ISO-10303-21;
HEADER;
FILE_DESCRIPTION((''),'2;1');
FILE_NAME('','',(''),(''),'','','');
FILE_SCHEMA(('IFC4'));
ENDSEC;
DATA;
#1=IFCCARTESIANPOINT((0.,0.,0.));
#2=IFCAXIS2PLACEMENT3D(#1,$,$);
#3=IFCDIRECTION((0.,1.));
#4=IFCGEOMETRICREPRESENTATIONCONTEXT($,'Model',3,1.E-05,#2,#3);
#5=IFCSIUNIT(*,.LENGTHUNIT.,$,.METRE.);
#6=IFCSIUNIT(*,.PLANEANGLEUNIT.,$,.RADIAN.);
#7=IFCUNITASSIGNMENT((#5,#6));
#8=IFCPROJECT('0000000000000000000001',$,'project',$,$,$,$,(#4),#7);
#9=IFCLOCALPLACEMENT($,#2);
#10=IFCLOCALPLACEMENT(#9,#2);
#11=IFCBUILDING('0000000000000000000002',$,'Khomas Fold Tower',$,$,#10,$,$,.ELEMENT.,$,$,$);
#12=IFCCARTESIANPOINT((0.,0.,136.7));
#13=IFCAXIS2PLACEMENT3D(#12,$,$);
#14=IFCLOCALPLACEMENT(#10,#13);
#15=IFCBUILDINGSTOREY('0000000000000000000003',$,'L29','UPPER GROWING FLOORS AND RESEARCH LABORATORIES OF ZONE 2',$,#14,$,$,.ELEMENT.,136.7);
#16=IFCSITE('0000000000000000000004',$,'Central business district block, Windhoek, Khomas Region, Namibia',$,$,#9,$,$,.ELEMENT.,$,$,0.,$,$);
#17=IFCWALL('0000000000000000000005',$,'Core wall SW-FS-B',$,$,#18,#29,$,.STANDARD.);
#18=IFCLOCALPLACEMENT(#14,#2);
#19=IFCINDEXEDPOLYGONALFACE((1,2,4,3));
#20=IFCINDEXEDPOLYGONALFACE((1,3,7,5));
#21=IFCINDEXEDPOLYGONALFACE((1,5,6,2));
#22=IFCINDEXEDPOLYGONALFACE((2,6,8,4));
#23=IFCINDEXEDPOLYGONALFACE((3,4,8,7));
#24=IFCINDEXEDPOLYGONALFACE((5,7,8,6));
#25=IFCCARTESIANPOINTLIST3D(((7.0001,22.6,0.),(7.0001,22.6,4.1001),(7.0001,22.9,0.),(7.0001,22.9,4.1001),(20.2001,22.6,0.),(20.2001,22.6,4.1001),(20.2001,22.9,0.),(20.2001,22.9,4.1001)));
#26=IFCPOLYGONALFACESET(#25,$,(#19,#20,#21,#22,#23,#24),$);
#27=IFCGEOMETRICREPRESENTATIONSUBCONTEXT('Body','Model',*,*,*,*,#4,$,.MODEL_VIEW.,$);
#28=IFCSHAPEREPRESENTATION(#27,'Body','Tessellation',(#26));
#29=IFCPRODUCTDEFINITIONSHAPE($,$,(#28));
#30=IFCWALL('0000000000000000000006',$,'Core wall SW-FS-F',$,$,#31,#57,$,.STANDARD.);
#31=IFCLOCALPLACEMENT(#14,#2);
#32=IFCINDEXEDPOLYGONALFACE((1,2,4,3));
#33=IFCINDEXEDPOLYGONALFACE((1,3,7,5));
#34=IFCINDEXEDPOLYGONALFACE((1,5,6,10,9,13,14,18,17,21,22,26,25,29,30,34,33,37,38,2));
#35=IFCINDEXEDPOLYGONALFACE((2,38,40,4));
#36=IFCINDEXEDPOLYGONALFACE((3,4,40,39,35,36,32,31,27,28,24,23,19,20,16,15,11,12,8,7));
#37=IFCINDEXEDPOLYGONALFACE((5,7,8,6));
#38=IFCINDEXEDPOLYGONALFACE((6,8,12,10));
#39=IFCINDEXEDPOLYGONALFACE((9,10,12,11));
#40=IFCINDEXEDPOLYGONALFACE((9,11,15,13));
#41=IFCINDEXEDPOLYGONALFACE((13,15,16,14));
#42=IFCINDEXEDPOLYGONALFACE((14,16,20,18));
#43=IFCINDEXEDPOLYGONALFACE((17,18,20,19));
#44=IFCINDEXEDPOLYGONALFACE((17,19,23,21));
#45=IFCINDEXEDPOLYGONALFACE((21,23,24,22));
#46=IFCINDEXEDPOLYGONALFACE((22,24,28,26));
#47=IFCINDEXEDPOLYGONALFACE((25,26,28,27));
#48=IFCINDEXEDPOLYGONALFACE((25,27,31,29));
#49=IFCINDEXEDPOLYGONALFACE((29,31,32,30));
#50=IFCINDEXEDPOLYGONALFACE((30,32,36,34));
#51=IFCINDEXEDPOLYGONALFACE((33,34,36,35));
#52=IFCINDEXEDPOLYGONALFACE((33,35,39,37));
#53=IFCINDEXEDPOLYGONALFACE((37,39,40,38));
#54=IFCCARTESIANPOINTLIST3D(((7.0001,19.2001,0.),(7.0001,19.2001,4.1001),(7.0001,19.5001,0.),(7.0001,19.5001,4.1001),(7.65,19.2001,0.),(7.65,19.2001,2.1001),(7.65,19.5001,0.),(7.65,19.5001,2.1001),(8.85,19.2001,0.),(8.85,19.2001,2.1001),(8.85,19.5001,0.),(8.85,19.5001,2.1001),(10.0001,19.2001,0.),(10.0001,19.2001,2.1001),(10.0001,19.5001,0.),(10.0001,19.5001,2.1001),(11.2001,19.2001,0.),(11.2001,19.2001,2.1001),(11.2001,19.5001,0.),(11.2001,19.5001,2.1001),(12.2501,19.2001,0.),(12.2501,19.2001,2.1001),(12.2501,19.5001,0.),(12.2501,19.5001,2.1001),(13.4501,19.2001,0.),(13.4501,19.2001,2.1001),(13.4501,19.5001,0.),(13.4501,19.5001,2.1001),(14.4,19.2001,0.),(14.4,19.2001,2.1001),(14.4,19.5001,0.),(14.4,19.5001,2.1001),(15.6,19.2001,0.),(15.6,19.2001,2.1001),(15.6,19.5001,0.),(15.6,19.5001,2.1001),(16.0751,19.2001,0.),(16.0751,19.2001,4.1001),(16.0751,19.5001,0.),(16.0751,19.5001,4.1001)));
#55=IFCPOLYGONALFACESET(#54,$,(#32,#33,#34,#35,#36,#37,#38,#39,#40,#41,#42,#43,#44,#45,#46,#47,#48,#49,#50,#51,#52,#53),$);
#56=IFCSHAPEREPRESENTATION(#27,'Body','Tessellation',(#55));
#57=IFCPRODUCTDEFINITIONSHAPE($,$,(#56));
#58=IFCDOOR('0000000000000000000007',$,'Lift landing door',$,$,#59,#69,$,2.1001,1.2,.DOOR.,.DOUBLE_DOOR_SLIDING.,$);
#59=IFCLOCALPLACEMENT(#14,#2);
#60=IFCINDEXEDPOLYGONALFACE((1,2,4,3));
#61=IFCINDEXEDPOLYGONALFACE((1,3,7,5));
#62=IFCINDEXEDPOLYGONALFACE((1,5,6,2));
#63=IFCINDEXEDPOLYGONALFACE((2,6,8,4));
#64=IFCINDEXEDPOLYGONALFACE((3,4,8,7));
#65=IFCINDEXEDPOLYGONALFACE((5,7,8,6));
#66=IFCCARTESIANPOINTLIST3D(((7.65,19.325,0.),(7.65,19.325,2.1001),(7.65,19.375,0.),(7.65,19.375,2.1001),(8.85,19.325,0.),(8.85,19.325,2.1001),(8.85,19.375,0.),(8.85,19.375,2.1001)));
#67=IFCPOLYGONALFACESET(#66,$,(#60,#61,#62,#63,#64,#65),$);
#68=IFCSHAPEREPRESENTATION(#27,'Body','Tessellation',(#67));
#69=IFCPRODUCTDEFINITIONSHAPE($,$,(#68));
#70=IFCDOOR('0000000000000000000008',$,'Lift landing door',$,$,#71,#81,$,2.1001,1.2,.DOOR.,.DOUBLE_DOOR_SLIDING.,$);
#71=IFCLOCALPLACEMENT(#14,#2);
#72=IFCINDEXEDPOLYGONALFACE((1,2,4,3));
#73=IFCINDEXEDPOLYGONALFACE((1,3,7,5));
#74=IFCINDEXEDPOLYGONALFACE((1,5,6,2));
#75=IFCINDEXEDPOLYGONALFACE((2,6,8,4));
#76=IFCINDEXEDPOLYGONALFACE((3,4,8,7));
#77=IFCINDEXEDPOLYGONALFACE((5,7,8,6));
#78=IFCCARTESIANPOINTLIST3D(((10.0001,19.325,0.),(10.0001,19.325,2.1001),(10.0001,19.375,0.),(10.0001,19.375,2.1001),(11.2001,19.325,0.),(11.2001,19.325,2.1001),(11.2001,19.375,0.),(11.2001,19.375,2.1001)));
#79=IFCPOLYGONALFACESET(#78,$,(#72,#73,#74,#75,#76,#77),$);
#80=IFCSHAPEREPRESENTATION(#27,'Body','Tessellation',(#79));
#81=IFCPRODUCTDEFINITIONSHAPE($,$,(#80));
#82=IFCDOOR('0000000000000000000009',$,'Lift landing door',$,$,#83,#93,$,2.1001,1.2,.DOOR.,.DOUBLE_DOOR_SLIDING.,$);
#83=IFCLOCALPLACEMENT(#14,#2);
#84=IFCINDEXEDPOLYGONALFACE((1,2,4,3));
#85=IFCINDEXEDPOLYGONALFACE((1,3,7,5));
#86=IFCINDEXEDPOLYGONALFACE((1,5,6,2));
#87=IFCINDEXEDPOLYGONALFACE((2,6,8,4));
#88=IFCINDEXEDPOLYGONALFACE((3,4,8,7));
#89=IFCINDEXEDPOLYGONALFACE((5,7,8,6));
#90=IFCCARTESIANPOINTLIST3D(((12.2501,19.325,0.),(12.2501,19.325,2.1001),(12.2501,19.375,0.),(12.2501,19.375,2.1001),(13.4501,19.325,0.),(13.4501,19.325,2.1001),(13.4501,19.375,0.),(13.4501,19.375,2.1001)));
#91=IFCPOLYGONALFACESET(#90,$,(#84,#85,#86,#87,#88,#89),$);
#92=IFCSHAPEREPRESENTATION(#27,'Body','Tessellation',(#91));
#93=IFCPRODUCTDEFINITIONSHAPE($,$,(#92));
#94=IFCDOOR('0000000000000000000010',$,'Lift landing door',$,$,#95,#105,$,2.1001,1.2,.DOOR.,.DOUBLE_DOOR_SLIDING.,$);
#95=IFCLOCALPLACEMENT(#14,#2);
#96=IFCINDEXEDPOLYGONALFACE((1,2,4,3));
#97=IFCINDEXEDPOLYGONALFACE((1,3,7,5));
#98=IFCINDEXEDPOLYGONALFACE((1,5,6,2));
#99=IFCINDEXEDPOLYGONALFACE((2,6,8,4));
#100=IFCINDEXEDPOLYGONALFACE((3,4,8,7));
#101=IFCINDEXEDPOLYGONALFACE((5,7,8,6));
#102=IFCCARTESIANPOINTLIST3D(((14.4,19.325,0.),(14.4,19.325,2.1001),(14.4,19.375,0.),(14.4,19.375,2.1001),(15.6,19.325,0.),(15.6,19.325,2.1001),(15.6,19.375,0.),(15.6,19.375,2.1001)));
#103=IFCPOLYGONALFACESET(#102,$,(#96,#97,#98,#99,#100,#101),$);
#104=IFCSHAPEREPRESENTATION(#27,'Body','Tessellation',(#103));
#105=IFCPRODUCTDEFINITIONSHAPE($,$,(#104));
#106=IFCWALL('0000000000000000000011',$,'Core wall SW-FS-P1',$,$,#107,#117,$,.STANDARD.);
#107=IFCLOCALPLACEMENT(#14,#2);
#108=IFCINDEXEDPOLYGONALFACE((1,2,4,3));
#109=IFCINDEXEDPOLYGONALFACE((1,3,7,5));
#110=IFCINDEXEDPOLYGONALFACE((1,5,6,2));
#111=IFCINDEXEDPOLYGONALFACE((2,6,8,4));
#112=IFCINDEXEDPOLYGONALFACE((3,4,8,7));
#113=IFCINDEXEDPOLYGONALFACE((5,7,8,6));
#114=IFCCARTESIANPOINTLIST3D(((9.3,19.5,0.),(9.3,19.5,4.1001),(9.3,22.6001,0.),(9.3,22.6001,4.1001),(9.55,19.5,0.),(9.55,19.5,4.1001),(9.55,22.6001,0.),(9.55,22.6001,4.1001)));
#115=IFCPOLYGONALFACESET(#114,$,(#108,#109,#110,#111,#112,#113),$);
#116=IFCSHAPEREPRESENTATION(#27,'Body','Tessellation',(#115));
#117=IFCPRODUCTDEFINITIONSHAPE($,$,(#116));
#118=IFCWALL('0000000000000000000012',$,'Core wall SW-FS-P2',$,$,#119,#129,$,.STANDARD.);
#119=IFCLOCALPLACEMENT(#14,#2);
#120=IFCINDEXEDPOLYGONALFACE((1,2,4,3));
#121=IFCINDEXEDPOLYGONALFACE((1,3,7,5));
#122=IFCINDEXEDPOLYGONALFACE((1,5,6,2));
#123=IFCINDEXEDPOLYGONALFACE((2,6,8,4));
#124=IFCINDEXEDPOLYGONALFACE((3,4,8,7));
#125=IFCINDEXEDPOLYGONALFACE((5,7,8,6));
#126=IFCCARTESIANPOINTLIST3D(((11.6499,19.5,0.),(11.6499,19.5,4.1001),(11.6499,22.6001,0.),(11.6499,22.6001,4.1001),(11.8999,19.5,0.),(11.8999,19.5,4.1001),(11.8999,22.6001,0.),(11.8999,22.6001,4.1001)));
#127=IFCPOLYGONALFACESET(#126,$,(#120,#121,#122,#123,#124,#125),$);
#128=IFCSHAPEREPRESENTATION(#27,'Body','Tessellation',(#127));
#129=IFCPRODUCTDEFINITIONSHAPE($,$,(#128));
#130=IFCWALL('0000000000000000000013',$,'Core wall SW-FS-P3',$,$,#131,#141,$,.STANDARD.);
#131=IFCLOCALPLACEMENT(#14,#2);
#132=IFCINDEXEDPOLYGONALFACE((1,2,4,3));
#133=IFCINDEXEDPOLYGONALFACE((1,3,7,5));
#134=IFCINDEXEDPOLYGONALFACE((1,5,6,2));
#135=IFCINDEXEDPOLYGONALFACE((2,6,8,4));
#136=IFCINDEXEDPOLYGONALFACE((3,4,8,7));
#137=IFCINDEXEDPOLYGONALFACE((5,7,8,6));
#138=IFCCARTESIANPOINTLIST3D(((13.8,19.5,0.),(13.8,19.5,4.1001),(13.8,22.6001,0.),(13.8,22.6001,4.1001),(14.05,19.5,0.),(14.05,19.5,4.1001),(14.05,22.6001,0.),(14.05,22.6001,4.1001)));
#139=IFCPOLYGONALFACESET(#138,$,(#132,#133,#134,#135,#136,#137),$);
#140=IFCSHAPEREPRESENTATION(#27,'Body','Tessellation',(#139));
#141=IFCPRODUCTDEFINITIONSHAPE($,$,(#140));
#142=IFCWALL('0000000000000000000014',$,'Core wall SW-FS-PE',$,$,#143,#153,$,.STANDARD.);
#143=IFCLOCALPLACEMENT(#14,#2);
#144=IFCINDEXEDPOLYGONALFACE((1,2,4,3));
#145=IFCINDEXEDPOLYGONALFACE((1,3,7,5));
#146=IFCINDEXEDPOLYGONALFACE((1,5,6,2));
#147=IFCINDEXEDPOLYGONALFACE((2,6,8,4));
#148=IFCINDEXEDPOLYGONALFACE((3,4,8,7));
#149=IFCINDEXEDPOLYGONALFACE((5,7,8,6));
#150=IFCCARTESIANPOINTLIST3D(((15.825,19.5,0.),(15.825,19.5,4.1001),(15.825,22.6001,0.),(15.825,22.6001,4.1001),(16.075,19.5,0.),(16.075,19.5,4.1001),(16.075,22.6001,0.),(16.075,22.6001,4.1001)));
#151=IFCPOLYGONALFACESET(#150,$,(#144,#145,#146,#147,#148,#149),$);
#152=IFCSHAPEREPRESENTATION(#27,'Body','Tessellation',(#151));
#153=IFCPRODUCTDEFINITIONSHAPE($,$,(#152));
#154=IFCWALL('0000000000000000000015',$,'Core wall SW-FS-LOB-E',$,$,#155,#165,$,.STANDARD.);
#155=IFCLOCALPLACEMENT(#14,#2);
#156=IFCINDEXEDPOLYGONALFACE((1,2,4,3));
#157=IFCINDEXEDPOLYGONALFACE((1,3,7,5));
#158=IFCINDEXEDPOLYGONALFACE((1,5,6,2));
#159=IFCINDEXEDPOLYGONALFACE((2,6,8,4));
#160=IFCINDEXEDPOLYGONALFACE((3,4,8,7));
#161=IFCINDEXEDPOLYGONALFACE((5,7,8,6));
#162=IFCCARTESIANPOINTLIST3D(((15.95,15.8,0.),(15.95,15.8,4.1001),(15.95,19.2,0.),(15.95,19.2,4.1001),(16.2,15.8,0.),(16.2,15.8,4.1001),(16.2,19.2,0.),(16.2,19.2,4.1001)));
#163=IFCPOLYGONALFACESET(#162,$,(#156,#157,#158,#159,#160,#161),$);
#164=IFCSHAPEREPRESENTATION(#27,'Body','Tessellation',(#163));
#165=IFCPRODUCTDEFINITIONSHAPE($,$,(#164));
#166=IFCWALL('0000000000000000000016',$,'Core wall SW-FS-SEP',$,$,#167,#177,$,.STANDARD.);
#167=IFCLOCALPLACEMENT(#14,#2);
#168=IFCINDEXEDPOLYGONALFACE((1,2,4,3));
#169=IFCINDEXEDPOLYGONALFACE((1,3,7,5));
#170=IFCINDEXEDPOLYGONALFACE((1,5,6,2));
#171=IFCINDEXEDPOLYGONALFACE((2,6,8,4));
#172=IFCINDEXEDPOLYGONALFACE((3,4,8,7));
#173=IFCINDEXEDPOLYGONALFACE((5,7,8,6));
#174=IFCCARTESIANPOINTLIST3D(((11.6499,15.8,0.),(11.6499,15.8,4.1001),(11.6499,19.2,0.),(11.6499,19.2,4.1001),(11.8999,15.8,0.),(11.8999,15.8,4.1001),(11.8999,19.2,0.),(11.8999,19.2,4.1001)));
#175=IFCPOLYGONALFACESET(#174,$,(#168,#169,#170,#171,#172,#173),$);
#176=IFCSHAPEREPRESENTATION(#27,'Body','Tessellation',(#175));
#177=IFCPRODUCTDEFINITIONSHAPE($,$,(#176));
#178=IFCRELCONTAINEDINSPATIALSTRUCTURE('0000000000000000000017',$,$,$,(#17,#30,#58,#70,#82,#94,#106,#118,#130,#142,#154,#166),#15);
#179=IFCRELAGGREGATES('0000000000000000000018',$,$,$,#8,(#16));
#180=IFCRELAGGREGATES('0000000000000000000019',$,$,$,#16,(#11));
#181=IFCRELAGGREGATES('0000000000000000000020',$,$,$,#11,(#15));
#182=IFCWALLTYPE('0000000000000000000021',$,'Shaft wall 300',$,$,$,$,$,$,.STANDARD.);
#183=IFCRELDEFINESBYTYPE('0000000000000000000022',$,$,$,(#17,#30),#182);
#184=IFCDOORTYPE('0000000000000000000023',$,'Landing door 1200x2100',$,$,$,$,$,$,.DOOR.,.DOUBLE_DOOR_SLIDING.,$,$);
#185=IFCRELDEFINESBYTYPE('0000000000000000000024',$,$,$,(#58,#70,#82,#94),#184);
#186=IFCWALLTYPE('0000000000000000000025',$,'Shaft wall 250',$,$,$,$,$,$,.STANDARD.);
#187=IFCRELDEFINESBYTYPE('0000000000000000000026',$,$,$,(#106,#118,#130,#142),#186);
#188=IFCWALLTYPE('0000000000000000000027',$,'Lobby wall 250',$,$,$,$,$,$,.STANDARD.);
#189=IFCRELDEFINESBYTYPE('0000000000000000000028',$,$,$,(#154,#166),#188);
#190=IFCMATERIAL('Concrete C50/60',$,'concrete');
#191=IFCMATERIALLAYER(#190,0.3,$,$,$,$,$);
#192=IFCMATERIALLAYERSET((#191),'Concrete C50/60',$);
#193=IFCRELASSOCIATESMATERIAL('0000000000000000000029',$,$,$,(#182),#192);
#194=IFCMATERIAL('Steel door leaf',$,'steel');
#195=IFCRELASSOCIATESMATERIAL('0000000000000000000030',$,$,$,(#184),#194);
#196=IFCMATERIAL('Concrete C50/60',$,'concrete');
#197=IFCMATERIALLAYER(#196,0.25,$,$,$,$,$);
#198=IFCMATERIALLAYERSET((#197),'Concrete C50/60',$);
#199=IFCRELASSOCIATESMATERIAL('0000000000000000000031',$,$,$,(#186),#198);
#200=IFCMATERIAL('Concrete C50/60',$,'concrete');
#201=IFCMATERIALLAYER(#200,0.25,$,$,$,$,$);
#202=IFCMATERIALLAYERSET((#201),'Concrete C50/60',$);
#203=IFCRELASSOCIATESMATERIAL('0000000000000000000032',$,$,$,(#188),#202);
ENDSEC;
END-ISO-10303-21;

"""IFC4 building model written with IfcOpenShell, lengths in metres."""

from ifc_helpers import new_model, si_unit, direction, frame, frame_2d, origin, place, context, subcontext, project, spatial, rectangle, extrude, source, transform, mapped, material, layer, layer_set, type_object, element, fill, save


model = new_model("IFC4")

# Units and contexts
model_context = context("Model", 3, precision=1e-05, world=origin(), true_north=direction((0.0, 1.0)))
body_context = subcontext(model_context, "Body", "Model", "MODEL_VIEW")
ifc_project = project(units=[si_unit("LENGTHUNIT", "METRE"), si_unit("PLANEANGLEUNIT", "RADIAN")], contexts=[model_context])

# Site, building, storey
site_placement = place(None, origin())
site = spatial("IfcSite", under=ifc_project, at=site_placement, Name="Central business district block, Windhoek, Khomas Region, Namibia", CompositionType="ELEMENT", RefElevation=0.0)
building_placement = place(site_placement, origin())
building = spatial("IfcBuilding", under=site, at=building_placement, Name="Khomas Fold Tower", CompositionType="ELEMENT")
storey_placement = place(building_placement, frame((0.0, 0.0, 136.7)))
storey = spatial("IfcBuildingStorey", under=building, at=storey_placement, Name="L29", Description="UPPER GROWING FLOORS AND RESEARCH LABORATORIES OF ZONE 2", CompositionType="ELEMENT", Elevation=136.7)

# Wall
ifc_material_1 = material(Name="Concrete C50/60", Category="concrete")
ifc_layer_1 = layer(ifc_material_1, 0.3)
ifc_layer_set_1 = layer_set([ifc_layer_1], Name="Concrete C50/60")
wall_type_1 = type_object("IfcWallType", Name="Shaft wall 300", PredefinedType="STANDARD", material=ifc_layer_set_1)
shared_shape_1 = source(origin(), body_context, "Body", "SweptSolid", [
    extrude(rectangle(XDim=13.2, YDim=0.3, at=frame_2d((6.6001, 0.0))), origin(), (0.0, 0.0, 1.0), 4.1001),
])
wall_1_placement = place(storey_placement, frame((7.0, 22.75, 0.0), z_axis=(0.0, 0.0, 1.0), x_axis=(1.0, 0.0, 0.0)))
element("IfcWall", 1, at=wall_1_placement, inside=storey, type_object=wall_type_1, Name="Core wall SW-FS-B", PredefinedType="STANDARD", context=body_context, shape_type="MappedRepresentation", body=[
    mapped(shared_shape_1, transform((0.0, 0.0, 0.0))),
])

# Wall, openings, doors
shared_shape_2 = source(origin(), body_context, "Body", "SweptSolid", [
    extrude(rectangle(XDim=9.075, YDim=0.3, at=frame_2d((4.5376, 0.0))), origin(), (0.0, 0.0, 1.0), 4.1001),
])
wall_2_placement = place(storey_placement, frame((7.0, 19.3501, 0.0), z_axis=(0.0, 0.0, 1.0), x_axis=(1.0, 0.0, 0.0)))
wall_2 = element("IfcWall", 2, at=wall_2_placement, inside=storey, type_object=wall_type_1, Name="Core wall SW-FS-F", PredefinedType="STANDARD", context=body_context, shape_type="MappedRepresentation", body=[
    mapped(shared_shape_2, transform((0.0, 0.0, 0.0))),
])
shared_shape_3 = source(origin(), body_context, "Body", "SweptSolid", [
    extrude(rectangle(XDim=1.2, YDim=2.1001, at=frame_2d((0.6001, 1.05))), frame((0.0, 0.1599, 0.0), z_axis=(0.0, -1.0, 0.0), x_axis=(1.0, 0.0, 0.0)), (0.0, 0.0, 1.0), 0.3201),
])
opening_1_placement = place(wall_2_placement, frame((0.6499, 0.0, 0.0)))
opening_1 = element("IfcOpeningElement", 3, at=opening_1_placement, cuts=wall_2, PredefinedType="OPENING", context=body_context, shape_type="MappedRepresentation", body=[
    mapped(shared_shape_3, transform((0.0, 0.0, 0.0))),
])
opening_2_placement = place(wall_2_placement, frame((3.0, 0.0, 0.0)))
opening_2 = element("IfcOpeningElement", 4, at=opening_2_placement, cuts=wall_2, PredefinedType="OPENING", context=body_context, shape_type="MappedRepresentation", body=[
    mapped(shared_shape_3, transform((0.0, 0.0, 0.0))),
])
opening_3_placement = place(wall_2_placement, frame((5.25, 0.0, 0.0)))
opening_3 = element("IfcOpeningElement", 5, at=opening_3_placement, cuts=wall_2, PredefinedType="OPENING", context=body_context, shape_type="MappedRepresentation", body=[
    mapped(shared_shape_3, transform((0.0, 0.0, 0.0))),
])
opening_4_placement = place(wall_2_placement, frame((7.3999, 0.0, 0.0)))
opening_4 = element("IfcOpeningElement", 6, at=opening_4_placement, cuts=wall_2, PredefinedType="OPENING", context=body_context, shape_type="MappedRepresentation", body=[
    mapped(shared_shape_3, transform((0.0, 0.0, 0.0))),
])
ifc_material_2 = material(Name="Steel door leaf", Category="steel")
door_type = type_object("IfcDoorType", Name="Landing door 1200x2100", OperationType="DOUBLE_DOOR_SLIDING", PredefinedType="DOOR", material=ifc_material_2)
shared_shape_4 = source(origin(), body_context, "Body", "SweptSolid", [
    extrude(rectangle(XDim=1.2, YDim=2.1001, at=frame_2d((0.6001, 1.05))), frame((0.0, 0.0249, 0.0), z_axis=(0.0, -1.0, 0.0), x_axis=(1.0, 0.0, 0.0)), (0.0, 0.0, 1.0), 0.05),
])
door_1_placement = place(opening_1_placement, origin())
door_1 = element("IfcDoor", 7, at=door_1_placement, inside=storey, type_object=door_type, Name="Lift landing door", OperationType="DOUBLE_DOOR_SLIDING", OverallHeight=2.1001, OverallWidth=1.2, PredefinedType="DOOR", context=body_context, shape_type="MappedRepresentation", body=[
    mapped(shared_shape_4, transform((0.0, 0.0, 0.0))),
])
fill(opening_1, door_1)
door_2_placement = place(opening_2_placement, origin())
door_2 = element("IfcDoor", 8, at=door_2_placement, inside=storey, type_object=door_type, Name="Lift landing door", OperationType="DOUBLE_DOOR_SLIDING", OverallHeight=2.1001, OverallWidth=1.2, PredefinedType="DOOR", context=body_context, shape_type="MappedRepresentation", body=[
    mapped(shared_shape_4, transform((0.0, 0.0, 0.0))),
])
fill(opening_2, door_2)
door_3_placement = place(opening_3_placement, origin())
door_3 = element("IfcDoor", 9, at=door_3_placement, inside=storey, type_object=door_type, Name="Lift landing door", OperationType="DOUBLE_DOOR_SLIDING", OverallHeight=2.1001, OverallWidth=1.2, PredefinedType="DOOR", context=body_context, shape_type="MappedRepresentation", body=[
    mapped(shared_shape_4, transform((0.0, 0.0, 0.0))),
])
fill(opening_3, door_3)
door_4_placement = place(opening_4_placement, origin())
door_4 = element("IfcDoor", 10, at=door_4_placement, inside=storey, type_object=door_type, Name="Lift landing door", OperationType="DOUBLE_DOOR_SLIDING", OverallHeight=2.1001, OverallWidth=1.2, PredefinedType="DOOR", context=body_context, shape_type="MappedRepresentation", body=[
    mapped(shared_shape_4, transform((0.0, 0.0, 0.0))),
])
fill(opening_4, door_4)

# Walls
ifc_material_3 = material(Name="Concrete C50/60", Category="concrete")
ifc_layer_2 = layer(ifc_material_3, 0.25)
ifc_layer_set_2 = layer_set([ifc_layer_2], Name="Concrete C50/60")
wall_type_2 = type_object("IfcWallType", Name="Shaft wall 250", PredefinedType="STANDARD", material=ifc_layer_set_2)
shared_shape_5 = source(origin(), body_context, "Body", "SweptSolid", [
    extrude(rectangle(XDim=3.1001, YDim=0.25, at=frame_2d((1.55, 0.0))), origin(), (0.0, 0.0, 1.0), 4.1001),
])
for number, where, z_axis, x_axis, name in (
    (11, (9.425, 19.5, 0.0), (0.0, 0.0, 1.0), (0.0, 1.0, 0.0), "Core wall SW-FS-P1"),
    (12, (11.7749, 19.5, 0.0), (0.0, 0.0, 1.0), (0.0, 1.0, 0.0), "Core wall SW-FS-P2"),
    (13, (13.925, 19.5, 0.0), (0.0, 0.0, 1.0), (0.0, 1.0, 0.0), "Core wall SW-FS-P3"),
    (14, (15.95, 19.5, 0.0), (0.0, 0.0, 1.0), (0.0, 1.0, 0.0), "Core wall SW-FS-PE"),
):
    element("IfcWall", number, at=place(storey_placement, frame(where, z_axis=z_axis, x_axis=x_axis)), inside=storey, type_object=wall_type_2, Name=name, PredefinedType="STANDARD", context=body_context, shape_type="MappedRepresentation", body=[
        mapped(shared_shape_5, transform((0.0, 0.0, 0.0))),
    ])
ifc_material_4 = material(Name="Concrete C50/60", Category="concrete")
ifc_layer_3 = layer(ifc_material_4, 0.25)
ifc_layer_set_3 = layer_set([ifc_layer_3], Name="Concrete C50/60")
wall_type_3 = type_object("IfcWallType", Name="Lobby wall 250", PredefinedType="STANDARD", material=ifc_layer_set_3)
shared_shape_6 = source(origin(), body_context, "Body", "SweptSolid", [
    extrude(rectangle(XDim=3.3999, YDim=0.25, at=frame_2d((1.7, 0.0))), origin(), (0.0, 0.0, 1.0), 4.1001),
])
for number, where, z_axis, x_axis, name in (
    (15, (16.075, 15.8, 0.0), (0.0, 0.0, 1.0), (0.0, 1.0, 0.0), "Core wall SW-FS-LOB-E"),
    (16, (11.7749, 15.8, 0.0), (0.0, 0.0, 1.0), (0.0, 1.0, 0.0), "Core wall SW-FS-SEP"),
):
    element("IfcWall", number, at=place(storey_placement, frame(where, z_axis=z_axis, x_axis=x_axis)), inside=storey, type_object=wall_type_3, Name=name, PredefinedType="STANDARD", context=body_context, shape_type="MappedRepresentation", body=[
        mapped(shared_shape_6, transform((0.0, 0.0, 0.0))),
    ])

save(model, "model.ifc")
